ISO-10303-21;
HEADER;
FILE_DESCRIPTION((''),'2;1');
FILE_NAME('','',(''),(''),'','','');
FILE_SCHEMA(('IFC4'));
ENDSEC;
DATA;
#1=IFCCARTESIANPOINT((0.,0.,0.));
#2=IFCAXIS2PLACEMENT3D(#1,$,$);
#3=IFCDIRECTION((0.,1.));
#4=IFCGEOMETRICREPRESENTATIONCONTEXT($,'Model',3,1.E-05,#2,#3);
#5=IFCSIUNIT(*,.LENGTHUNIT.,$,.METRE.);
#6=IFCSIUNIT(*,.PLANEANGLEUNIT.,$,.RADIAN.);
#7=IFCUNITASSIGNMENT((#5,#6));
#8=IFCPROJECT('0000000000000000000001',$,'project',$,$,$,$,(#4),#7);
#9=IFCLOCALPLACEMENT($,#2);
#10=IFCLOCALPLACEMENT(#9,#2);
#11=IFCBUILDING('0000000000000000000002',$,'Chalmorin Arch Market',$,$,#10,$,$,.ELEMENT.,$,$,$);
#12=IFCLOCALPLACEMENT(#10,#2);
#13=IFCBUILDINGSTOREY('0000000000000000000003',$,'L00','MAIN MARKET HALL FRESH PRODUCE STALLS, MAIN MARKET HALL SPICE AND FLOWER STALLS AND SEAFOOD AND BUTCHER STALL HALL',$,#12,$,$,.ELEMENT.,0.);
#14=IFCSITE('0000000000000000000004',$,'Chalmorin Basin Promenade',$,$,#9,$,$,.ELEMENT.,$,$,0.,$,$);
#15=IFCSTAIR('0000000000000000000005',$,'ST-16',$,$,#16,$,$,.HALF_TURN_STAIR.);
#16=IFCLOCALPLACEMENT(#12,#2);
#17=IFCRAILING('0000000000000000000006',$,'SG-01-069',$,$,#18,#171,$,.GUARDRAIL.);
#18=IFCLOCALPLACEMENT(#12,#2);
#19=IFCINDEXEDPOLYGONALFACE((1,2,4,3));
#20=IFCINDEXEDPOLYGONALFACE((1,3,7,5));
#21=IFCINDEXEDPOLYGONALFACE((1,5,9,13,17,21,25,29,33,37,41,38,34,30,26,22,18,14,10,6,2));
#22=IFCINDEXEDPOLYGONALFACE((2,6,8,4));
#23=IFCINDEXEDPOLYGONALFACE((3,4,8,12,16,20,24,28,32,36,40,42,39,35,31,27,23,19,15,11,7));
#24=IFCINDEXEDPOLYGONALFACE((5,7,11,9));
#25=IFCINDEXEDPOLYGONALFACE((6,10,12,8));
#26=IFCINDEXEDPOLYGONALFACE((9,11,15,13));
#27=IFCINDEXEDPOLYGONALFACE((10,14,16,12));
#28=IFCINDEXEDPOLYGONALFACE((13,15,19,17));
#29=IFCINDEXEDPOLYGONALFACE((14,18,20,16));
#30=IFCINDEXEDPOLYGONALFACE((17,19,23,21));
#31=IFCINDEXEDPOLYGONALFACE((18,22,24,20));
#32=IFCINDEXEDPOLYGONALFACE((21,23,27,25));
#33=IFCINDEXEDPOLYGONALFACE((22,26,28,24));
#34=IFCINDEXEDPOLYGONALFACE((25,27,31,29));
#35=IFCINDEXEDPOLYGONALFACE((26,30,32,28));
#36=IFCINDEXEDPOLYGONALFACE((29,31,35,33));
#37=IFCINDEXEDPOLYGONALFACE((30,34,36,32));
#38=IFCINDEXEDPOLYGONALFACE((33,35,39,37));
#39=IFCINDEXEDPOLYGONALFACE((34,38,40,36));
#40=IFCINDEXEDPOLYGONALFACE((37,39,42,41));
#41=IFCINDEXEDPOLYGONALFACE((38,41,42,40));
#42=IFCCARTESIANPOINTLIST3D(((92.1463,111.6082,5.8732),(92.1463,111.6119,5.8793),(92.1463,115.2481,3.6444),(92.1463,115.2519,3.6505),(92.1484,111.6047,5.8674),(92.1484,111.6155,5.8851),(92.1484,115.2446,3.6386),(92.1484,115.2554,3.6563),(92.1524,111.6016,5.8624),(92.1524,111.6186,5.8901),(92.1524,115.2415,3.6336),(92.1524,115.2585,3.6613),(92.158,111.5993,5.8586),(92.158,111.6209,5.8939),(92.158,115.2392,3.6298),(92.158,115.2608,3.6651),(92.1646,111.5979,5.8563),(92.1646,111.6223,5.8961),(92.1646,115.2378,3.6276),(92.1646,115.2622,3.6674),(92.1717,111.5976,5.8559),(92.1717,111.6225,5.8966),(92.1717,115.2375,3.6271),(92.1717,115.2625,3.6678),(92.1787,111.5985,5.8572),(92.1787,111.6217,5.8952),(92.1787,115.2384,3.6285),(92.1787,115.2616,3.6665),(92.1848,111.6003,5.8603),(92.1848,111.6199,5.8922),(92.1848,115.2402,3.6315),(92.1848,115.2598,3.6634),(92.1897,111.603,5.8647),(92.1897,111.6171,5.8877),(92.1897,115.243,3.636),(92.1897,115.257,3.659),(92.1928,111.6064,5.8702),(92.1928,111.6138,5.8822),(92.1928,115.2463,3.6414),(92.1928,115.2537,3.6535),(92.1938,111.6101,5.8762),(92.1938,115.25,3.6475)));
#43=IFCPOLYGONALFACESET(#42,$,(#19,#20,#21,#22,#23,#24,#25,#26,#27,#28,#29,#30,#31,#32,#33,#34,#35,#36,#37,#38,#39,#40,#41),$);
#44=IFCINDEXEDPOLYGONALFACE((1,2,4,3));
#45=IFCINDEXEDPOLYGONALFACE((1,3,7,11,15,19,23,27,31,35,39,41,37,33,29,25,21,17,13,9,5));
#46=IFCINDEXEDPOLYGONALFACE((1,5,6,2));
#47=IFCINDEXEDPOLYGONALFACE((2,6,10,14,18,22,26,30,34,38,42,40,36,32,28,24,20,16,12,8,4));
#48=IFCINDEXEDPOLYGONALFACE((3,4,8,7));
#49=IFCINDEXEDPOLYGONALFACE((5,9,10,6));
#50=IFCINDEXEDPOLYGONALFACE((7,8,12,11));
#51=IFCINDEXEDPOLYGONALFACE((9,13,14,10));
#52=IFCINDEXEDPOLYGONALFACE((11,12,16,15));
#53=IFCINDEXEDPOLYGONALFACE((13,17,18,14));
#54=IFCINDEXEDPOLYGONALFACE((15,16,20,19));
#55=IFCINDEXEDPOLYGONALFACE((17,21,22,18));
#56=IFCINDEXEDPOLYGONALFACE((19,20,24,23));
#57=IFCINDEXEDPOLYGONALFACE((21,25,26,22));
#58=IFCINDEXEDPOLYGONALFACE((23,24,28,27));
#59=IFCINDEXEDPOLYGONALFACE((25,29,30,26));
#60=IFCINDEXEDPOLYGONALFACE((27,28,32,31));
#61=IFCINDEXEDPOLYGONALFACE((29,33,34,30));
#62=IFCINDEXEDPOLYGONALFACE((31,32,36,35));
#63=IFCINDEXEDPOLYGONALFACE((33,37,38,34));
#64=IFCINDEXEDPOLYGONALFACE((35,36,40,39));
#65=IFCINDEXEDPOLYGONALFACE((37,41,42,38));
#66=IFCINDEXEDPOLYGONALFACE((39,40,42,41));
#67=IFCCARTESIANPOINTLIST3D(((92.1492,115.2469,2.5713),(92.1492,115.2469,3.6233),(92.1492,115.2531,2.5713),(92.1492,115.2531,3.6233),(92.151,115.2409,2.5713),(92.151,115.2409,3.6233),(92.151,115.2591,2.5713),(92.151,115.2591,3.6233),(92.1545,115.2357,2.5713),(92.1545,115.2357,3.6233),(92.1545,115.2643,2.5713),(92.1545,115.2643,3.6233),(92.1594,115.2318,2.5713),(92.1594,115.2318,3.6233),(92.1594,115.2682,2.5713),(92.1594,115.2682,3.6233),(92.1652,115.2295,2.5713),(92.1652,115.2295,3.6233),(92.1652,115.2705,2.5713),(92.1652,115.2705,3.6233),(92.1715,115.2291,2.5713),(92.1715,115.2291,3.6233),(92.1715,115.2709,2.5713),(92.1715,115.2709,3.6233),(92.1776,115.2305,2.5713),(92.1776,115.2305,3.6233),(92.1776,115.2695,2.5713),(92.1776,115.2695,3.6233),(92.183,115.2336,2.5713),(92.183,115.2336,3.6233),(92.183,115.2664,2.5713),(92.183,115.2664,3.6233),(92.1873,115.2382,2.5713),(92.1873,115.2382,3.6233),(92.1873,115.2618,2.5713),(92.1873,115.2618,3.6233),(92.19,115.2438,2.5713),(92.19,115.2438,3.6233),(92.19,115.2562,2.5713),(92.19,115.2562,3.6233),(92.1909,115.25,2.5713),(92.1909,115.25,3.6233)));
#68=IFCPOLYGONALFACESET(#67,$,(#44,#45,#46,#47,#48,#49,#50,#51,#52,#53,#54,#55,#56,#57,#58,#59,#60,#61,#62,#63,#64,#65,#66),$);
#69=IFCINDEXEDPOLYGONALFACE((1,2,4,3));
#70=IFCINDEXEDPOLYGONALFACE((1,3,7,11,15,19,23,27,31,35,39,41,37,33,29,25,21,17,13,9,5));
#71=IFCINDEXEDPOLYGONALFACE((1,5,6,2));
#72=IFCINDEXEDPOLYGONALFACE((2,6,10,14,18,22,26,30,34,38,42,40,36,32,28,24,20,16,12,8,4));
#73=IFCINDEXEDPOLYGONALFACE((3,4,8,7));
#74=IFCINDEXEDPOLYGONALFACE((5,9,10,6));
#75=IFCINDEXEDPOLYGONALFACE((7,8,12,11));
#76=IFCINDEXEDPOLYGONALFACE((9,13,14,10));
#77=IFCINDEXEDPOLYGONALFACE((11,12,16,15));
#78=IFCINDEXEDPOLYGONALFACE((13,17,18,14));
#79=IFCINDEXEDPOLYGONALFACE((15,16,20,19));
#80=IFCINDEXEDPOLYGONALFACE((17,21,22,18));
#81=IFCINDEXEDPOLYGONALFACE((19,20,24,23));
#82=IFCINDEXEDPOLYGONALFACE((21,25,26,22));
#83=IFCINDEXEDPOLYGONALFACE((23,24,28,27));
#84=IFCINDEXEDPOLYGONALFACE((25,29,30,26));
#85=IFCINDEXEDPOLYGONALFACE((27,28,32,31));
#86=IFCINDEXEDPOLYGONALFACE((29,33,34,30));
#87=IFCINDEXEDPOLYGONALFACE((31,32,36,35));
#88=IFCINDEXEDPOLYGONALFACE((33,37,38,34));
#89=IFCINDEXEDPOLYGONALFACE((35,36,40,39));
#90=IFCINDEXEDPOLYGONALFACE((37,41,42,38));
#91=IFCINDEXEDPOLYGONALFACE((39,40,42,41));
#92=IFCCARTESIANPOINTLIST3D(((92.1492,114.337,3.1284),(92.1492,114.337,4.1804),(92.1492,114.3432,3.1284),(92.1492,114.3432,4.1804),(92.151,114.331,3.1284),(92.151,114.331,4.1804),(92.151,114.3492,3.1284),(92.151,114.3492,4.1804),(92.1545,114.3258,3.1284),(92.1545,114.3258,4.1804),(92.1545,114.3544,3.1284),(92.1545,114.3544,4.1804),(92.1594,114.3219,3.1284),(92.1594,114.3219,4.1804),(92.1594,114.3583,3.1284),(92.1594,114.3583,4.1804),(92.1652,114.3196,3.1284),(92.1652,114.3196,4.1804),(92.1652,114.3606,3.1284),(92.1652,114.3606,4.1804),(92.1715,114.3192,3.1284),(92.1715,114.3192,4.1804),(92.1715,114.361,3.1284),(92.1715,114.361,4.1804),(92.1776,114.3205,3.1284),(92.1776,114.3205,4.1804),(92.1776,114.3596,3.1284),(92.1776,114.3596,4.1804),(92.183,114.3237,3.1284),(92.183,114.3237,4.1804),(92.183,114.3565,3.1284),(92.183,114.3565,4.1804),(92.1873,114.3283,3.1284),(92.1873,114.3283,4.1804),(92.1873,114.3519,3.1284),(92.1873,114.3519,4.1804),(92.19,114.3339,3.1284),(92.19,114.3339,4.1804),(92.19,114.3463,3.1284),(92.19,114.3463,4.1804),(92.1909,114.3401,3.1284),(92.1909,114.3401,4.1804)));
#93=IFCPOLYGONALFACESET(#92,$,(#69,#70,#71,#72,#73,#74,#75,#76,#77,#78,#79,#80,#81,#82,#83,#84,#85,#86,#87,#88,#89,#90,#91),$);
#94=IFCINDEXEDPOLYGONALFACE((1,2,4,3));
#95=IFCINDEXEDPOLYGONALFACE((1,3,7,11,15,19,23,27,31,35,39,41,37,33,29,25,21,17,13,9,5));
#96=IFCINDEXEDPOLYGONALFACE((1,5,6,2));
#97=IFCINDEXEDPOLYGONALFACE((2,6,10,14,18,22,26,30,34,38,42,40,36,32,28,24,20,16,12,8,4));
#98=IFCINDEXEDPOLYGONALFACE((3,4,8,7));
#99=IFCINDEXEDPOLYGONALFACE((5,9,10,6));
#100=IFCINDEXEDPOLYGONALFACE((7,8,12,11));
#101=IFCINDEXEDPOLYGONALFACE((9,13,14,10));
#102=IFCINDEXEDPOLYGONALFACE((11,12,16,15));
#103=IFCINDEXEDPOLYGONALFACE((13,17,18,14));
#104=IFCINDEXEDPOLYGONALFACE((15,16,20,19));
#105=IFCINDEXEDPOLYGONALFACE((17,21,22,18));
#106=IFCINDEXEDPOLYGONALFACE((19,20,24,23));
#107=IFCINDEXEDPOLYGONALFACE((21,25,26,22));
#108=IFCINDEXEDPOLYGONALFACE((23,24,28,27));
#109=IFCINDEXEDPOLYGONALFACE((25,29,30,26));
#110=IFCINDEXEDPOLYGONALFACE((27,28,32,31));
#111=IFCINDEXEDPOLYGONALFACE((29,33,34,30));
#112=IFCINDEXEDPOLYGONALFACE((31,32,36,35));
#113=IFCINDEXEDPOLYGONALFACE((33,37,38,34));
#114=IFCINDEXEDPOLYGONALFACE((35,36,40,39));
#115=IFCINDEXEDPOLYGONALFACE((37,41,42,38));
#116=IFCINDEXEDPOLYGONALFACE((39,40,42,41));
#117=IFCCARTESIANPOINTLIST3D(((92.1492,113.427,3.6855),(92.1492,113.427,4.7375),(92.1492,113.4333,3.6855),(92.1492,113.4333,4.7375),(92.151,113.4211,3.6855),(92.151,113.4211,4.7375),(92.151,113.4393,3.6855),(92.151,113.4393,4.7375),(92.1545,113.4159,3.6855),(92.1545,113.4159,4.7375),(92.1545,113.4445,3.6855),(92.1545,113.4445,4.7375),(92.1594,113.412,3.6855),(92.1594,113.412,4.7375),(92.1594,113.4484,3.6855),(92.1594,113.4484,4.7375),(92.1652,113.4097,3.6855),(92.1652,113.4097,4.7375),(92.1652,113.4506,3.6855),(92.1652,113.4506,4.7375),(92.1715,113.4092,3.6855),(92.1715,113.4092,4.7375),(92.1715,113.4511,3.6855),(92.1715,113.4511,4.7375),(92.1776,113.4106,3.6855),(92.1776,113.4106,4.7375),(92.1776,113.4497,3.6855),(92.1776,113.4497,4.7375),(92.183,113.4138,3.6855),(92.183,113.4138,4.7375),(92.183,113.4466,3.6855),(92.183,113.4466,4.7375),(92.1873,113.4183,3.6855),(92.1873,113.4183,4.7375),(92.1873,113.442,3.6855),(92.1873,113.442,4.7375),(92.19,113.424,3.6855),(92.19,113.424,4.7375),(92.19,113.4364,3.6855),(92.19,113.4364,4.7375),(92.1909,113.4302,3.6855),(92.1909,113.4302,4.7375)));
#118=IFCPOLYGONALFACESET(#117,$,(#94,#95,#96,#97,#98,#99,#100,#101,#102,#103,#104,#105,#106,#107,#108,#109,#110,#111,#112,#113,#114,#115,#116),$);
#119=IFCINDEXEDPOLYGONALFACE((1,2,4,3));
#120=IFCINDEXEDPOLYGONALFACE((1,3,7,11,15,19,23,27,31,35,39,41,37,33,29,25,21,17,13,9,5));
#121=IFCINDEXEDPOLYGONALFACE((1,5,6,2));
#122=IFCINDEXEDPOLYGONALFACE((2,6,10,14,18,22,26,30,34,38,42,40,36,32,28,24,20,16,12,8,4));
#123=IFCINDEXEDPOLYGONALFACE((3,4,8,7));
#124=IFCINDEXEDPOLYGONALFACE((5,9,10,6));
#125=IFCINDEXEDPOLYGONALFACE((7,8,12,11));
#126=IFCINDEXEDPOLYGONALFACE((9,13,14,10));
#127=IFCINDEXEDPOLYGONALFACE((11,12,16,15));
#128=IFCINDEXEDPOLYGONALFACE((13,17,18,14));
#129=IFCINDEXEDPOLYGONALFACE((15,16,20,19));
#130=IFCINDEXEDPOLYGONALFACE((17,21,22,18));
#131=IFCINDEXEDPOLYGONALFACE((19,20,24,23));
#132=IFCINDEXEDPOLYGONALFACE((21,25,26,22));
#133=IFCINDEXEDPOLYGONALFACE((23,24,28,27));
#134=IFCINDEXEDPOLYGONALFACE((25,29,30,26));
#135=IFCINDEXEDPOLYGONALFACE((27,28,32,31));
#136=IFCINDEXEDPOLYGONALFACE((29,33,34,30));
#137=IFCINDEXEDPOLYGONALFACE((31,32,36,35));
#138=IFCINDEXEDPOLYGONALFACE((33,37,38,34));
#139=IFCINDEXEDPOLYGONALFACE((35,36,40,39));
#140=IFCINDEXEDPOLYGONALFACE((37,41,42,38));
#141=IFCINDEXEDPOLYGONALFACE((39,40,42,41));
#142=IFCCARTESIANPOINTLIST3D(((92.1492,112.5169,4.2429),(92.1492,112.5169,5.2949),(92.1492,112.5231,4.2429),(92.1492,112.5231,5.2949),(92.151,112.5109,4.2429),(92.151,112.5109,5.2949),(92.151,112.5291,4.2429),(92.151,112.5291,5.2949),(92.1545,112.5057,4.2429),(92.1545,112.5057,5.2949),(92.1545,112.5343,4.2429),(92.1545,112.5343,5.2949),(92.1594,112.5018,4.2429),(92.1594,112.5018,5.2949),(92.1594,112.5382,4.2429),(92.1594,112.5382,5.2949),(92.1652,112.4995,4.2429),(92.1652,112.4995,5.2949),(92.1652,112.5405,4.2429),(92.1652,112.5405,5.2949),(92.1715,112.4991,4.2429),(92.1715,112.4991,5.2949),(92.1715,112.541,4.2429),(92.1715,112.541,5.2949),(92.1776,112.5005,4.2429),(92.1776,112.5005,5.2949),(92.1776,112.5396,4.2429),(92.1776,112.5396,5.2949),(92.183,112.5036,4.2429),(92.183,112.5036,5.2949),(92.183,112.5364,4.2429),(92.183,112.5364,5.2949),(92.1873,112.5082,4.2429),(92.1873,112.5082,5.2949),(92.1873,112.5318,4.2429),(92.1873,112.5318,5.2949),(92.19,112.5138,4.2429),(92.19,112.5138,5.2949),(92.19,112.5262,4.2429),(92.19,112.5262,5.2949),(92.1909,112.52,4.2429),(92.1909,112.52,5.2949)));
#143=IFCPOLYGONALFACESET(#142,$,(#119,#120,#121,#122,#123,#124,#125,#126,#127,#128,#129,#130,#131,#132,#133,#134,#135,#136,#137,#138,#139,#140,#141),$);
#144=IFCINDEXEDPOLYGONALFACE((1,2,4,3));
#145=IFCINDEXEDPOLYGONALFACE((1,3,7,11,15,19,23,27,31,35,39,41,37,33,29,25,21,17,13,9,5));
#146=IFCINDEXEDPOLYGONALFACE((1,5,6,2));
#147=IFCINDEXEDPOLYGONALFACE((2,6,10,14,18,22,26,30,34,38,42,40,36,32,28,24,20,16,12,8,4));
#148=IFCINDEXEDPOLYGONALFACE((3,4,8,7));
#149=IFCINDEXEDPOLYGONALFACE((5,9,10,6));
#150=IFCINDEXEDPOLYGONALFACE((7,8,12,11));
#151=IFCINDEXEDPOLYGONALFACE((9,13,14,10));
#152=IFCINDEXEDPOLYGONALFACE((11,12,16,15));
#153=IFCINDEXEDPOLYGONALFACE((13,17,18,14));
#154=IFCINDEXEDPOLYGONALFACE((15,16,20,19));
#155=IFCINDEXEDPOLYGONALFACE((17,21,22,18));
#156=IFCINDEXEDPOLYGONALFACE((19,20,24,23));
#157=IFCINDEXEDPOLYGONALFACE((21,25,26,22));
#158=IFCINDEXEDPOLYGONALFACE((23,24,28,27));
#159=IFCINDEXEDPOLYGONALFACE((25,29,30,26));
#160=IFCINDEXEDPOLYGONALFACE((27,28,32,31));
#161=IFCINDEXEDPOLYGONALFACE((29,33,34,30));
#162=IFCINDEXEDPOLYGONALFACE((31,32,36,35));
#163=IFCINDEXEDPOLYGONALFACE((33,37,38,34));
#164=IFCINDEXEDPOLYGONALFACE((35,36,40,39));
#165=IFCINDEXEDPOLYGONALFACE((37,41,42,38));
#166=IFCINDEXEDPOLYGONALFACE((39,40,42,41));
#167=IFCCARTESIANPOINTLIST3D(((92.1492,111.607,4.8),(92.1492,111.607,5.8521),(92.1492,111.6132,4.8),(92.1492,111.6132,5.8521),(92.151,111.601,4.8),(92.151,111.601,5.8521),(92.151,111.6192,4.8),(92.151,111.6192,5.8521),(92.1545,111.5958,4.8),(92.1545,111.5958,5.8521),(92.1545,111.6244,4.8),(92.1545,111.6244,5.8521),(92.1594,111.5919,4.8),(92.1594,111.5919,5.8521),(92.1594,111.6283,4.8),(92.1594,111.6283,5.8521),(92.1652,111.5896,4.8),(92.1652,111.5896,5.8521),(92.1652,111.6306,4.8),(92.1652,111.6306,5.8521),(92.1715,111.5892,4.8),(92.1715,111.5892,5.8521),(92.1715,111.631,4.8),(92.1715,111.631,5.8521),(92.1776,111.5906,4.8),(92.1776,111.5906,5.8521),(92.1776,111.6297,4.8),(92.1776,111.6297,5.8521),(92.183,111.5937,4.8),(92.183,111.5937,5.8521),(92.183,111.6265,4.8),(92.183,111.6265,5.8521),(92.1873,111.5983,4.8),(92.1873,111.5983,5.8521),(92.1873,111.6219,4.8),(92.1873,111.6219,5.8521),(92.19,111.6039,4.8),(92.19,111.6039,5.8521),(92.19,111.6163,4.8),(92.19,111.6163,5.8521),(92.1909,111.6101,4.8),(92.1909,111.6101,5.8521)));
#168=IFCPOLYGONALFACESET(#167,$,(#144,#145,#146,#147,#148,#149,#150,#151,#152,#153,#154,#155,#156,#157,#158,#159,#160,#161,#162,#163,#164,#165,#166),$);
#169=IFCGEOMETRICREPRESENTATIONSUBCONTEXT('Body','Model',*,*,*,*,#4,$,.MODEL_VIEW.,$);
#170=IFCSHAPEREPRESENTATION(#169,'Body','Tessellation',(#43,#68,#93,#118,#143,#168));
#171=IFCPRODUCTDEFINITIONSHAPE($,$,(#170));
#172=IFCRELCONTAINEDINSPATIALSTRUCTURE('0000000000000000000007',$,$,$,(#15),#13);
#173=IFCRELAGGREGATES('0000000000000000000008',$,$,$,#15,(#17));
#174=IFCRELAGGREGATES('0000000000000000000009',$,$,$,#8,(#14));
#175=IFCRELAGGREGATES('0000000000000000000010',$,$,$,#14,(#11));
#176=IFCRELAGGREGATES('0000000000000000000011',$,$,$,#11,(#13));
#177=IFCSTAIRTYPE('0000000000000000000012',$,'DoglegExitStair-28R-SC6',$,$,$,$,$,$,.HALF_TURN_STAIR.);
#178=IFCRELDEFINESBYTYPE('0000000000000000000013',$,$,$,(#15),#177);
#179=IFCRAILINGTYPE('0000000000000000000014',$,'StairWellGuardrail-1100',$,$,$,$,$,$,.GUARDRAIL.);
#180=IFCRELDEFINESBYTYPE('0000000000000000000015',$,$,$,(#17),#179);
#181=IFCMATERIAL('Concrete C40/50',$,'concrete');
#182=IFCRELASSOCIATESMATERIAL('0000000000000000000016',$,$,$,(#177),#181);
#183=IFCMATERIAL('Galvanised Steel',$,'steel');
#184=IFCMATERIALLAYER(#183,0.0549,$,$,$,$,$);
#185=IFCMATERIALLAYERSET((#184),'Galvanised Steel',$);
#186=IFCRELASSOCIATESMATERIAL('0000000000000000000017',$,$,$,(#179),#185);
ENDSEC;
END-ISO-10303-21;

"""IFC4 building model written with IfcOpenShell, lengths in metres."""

from ifc_helpers import new_model, si_unit, direction, frame, origin, origin_2d, place, context, subcontext, project, spatial, circle, extrude, material, layer, layer_set, type_object, element, aggregate, save


model = new_model("IFC4")

# Units and contexts
model_context = context("Model", 3, precision=1e-05, world=origin(), true_north=direction((0.0, 1.0)))
body_context = subcontext(model_context, "Body", "Model", "MODEL_VIEW")
ifc_project = project(units=[si_unit("LENGTHUNIT", "METRE"), si_unit("PLANEANGLEUNIT", "RADIAN")], contexts=[model_context])

# Site, building, storey
site_placement = place(None, origin())
site = spatial("IfcSite", under=ifc_project, at=site_placement, Name="Chalmorin Basin Promenade", CompositionType="ELEMENT", RefElevation=0.0)
building_placement = place(site_placement, origin())
building = spatial("IfcBuilding", under=site, at=building_placement, Name="Chalmorin Arch Market", CompositionType="ELEMENT")
storey_placement = place(building_placement, origin())
storey = spatial("IfcBuildingStorey", under=building, at=storey_placement, Name="L00", Description="MAIN MARKET HALL FRESH PRODUCE STALLS, MAIN MARKET HALL SPICE AND FLOWER STALLS AND SEAFOOD AND BUTCHER STALL HALL", CompositionType="ELEMENT", Elevation=0.0)

# Shared definitions
ifc_material_1 = material(Name="Concrete C40/50", Category="concrete")

# Stair, railing
stair_type = type_object("IfcStairType", Name="DoglegExitStair-28R-SC6", PredefinedType="HALF_TURN_STAIR", material=ifc_material_1)
stair_placement = place(storey_placement, origin())
stair = element("IfcStair", 1, at=stair_placement, inside=storey, type_object=stair_type, Name="ST-16", PredefinedType="HALF_TURN_STAIR")
ifc_material_2 = material(Name="Galvanised Steel", Category="steel")
ifc_layer_1 = layer(ifc_material_2, 0.0549)
ifc_layer_set_1 = layer_set([ifc_layer_1], Name="Galvanised Steel")
railing_type_1 = type_object("IfcRailingType", Name="StairWellGuardrail-1100", PredefinedType="GUARDRAIL", material=ifc_layer_set_1)
railing_1_placement = place(storey_placement, frame((92.1699, 115.25, 2.5713)))
railing_1 = element("IfcRailing", 2, at=railing_1_placement, type_object=railing_type_1, Name="SG-01-069", PredefinedType="GUARDRAIL", context=body_context, shape_type="SweptSolid", body=[
    extrude(circle(Radius=0.0239, at=origin_2d()), frame((0.0, 0.0, 1.0762), z_axis=(0.0, -0.852825, 0.522197), x_axis=(1.0, 0.0, 0.0)), (0.0, 0.0, 1.0), 4.2681),
    extrude(circle(Radius=0.021, at=origin_2d()), origin(), (0.0, 0.0, 1.0), 1.052),
    extrude(circle(Radius=0.021, at=origin_2d()), frame((0.0, -0.9099, 0.5571)), (0.0, 0.0, 1.0), 1.052),
    extrude(circle(Radius=0.021, at=origin_2d()), frame((0.0, -1.8198, 1.1143)), (0.0, 0.0, 1.0), 1.052),
    extrude(circle(Radius=0.021, at=origin_2d()), frame((0.0, -2.73, 1.6716)), (0.0, 0.0, 1.0), 1.052),
    extrude(circle(Radius=0.021, at=origin_2d()), frame((0.0, -3.6399, 2.2288)), (0.0, 0.0, 1.0), 1.052),
])
aggregate(stair, [railing_1])

save(model, "model.ifc")
